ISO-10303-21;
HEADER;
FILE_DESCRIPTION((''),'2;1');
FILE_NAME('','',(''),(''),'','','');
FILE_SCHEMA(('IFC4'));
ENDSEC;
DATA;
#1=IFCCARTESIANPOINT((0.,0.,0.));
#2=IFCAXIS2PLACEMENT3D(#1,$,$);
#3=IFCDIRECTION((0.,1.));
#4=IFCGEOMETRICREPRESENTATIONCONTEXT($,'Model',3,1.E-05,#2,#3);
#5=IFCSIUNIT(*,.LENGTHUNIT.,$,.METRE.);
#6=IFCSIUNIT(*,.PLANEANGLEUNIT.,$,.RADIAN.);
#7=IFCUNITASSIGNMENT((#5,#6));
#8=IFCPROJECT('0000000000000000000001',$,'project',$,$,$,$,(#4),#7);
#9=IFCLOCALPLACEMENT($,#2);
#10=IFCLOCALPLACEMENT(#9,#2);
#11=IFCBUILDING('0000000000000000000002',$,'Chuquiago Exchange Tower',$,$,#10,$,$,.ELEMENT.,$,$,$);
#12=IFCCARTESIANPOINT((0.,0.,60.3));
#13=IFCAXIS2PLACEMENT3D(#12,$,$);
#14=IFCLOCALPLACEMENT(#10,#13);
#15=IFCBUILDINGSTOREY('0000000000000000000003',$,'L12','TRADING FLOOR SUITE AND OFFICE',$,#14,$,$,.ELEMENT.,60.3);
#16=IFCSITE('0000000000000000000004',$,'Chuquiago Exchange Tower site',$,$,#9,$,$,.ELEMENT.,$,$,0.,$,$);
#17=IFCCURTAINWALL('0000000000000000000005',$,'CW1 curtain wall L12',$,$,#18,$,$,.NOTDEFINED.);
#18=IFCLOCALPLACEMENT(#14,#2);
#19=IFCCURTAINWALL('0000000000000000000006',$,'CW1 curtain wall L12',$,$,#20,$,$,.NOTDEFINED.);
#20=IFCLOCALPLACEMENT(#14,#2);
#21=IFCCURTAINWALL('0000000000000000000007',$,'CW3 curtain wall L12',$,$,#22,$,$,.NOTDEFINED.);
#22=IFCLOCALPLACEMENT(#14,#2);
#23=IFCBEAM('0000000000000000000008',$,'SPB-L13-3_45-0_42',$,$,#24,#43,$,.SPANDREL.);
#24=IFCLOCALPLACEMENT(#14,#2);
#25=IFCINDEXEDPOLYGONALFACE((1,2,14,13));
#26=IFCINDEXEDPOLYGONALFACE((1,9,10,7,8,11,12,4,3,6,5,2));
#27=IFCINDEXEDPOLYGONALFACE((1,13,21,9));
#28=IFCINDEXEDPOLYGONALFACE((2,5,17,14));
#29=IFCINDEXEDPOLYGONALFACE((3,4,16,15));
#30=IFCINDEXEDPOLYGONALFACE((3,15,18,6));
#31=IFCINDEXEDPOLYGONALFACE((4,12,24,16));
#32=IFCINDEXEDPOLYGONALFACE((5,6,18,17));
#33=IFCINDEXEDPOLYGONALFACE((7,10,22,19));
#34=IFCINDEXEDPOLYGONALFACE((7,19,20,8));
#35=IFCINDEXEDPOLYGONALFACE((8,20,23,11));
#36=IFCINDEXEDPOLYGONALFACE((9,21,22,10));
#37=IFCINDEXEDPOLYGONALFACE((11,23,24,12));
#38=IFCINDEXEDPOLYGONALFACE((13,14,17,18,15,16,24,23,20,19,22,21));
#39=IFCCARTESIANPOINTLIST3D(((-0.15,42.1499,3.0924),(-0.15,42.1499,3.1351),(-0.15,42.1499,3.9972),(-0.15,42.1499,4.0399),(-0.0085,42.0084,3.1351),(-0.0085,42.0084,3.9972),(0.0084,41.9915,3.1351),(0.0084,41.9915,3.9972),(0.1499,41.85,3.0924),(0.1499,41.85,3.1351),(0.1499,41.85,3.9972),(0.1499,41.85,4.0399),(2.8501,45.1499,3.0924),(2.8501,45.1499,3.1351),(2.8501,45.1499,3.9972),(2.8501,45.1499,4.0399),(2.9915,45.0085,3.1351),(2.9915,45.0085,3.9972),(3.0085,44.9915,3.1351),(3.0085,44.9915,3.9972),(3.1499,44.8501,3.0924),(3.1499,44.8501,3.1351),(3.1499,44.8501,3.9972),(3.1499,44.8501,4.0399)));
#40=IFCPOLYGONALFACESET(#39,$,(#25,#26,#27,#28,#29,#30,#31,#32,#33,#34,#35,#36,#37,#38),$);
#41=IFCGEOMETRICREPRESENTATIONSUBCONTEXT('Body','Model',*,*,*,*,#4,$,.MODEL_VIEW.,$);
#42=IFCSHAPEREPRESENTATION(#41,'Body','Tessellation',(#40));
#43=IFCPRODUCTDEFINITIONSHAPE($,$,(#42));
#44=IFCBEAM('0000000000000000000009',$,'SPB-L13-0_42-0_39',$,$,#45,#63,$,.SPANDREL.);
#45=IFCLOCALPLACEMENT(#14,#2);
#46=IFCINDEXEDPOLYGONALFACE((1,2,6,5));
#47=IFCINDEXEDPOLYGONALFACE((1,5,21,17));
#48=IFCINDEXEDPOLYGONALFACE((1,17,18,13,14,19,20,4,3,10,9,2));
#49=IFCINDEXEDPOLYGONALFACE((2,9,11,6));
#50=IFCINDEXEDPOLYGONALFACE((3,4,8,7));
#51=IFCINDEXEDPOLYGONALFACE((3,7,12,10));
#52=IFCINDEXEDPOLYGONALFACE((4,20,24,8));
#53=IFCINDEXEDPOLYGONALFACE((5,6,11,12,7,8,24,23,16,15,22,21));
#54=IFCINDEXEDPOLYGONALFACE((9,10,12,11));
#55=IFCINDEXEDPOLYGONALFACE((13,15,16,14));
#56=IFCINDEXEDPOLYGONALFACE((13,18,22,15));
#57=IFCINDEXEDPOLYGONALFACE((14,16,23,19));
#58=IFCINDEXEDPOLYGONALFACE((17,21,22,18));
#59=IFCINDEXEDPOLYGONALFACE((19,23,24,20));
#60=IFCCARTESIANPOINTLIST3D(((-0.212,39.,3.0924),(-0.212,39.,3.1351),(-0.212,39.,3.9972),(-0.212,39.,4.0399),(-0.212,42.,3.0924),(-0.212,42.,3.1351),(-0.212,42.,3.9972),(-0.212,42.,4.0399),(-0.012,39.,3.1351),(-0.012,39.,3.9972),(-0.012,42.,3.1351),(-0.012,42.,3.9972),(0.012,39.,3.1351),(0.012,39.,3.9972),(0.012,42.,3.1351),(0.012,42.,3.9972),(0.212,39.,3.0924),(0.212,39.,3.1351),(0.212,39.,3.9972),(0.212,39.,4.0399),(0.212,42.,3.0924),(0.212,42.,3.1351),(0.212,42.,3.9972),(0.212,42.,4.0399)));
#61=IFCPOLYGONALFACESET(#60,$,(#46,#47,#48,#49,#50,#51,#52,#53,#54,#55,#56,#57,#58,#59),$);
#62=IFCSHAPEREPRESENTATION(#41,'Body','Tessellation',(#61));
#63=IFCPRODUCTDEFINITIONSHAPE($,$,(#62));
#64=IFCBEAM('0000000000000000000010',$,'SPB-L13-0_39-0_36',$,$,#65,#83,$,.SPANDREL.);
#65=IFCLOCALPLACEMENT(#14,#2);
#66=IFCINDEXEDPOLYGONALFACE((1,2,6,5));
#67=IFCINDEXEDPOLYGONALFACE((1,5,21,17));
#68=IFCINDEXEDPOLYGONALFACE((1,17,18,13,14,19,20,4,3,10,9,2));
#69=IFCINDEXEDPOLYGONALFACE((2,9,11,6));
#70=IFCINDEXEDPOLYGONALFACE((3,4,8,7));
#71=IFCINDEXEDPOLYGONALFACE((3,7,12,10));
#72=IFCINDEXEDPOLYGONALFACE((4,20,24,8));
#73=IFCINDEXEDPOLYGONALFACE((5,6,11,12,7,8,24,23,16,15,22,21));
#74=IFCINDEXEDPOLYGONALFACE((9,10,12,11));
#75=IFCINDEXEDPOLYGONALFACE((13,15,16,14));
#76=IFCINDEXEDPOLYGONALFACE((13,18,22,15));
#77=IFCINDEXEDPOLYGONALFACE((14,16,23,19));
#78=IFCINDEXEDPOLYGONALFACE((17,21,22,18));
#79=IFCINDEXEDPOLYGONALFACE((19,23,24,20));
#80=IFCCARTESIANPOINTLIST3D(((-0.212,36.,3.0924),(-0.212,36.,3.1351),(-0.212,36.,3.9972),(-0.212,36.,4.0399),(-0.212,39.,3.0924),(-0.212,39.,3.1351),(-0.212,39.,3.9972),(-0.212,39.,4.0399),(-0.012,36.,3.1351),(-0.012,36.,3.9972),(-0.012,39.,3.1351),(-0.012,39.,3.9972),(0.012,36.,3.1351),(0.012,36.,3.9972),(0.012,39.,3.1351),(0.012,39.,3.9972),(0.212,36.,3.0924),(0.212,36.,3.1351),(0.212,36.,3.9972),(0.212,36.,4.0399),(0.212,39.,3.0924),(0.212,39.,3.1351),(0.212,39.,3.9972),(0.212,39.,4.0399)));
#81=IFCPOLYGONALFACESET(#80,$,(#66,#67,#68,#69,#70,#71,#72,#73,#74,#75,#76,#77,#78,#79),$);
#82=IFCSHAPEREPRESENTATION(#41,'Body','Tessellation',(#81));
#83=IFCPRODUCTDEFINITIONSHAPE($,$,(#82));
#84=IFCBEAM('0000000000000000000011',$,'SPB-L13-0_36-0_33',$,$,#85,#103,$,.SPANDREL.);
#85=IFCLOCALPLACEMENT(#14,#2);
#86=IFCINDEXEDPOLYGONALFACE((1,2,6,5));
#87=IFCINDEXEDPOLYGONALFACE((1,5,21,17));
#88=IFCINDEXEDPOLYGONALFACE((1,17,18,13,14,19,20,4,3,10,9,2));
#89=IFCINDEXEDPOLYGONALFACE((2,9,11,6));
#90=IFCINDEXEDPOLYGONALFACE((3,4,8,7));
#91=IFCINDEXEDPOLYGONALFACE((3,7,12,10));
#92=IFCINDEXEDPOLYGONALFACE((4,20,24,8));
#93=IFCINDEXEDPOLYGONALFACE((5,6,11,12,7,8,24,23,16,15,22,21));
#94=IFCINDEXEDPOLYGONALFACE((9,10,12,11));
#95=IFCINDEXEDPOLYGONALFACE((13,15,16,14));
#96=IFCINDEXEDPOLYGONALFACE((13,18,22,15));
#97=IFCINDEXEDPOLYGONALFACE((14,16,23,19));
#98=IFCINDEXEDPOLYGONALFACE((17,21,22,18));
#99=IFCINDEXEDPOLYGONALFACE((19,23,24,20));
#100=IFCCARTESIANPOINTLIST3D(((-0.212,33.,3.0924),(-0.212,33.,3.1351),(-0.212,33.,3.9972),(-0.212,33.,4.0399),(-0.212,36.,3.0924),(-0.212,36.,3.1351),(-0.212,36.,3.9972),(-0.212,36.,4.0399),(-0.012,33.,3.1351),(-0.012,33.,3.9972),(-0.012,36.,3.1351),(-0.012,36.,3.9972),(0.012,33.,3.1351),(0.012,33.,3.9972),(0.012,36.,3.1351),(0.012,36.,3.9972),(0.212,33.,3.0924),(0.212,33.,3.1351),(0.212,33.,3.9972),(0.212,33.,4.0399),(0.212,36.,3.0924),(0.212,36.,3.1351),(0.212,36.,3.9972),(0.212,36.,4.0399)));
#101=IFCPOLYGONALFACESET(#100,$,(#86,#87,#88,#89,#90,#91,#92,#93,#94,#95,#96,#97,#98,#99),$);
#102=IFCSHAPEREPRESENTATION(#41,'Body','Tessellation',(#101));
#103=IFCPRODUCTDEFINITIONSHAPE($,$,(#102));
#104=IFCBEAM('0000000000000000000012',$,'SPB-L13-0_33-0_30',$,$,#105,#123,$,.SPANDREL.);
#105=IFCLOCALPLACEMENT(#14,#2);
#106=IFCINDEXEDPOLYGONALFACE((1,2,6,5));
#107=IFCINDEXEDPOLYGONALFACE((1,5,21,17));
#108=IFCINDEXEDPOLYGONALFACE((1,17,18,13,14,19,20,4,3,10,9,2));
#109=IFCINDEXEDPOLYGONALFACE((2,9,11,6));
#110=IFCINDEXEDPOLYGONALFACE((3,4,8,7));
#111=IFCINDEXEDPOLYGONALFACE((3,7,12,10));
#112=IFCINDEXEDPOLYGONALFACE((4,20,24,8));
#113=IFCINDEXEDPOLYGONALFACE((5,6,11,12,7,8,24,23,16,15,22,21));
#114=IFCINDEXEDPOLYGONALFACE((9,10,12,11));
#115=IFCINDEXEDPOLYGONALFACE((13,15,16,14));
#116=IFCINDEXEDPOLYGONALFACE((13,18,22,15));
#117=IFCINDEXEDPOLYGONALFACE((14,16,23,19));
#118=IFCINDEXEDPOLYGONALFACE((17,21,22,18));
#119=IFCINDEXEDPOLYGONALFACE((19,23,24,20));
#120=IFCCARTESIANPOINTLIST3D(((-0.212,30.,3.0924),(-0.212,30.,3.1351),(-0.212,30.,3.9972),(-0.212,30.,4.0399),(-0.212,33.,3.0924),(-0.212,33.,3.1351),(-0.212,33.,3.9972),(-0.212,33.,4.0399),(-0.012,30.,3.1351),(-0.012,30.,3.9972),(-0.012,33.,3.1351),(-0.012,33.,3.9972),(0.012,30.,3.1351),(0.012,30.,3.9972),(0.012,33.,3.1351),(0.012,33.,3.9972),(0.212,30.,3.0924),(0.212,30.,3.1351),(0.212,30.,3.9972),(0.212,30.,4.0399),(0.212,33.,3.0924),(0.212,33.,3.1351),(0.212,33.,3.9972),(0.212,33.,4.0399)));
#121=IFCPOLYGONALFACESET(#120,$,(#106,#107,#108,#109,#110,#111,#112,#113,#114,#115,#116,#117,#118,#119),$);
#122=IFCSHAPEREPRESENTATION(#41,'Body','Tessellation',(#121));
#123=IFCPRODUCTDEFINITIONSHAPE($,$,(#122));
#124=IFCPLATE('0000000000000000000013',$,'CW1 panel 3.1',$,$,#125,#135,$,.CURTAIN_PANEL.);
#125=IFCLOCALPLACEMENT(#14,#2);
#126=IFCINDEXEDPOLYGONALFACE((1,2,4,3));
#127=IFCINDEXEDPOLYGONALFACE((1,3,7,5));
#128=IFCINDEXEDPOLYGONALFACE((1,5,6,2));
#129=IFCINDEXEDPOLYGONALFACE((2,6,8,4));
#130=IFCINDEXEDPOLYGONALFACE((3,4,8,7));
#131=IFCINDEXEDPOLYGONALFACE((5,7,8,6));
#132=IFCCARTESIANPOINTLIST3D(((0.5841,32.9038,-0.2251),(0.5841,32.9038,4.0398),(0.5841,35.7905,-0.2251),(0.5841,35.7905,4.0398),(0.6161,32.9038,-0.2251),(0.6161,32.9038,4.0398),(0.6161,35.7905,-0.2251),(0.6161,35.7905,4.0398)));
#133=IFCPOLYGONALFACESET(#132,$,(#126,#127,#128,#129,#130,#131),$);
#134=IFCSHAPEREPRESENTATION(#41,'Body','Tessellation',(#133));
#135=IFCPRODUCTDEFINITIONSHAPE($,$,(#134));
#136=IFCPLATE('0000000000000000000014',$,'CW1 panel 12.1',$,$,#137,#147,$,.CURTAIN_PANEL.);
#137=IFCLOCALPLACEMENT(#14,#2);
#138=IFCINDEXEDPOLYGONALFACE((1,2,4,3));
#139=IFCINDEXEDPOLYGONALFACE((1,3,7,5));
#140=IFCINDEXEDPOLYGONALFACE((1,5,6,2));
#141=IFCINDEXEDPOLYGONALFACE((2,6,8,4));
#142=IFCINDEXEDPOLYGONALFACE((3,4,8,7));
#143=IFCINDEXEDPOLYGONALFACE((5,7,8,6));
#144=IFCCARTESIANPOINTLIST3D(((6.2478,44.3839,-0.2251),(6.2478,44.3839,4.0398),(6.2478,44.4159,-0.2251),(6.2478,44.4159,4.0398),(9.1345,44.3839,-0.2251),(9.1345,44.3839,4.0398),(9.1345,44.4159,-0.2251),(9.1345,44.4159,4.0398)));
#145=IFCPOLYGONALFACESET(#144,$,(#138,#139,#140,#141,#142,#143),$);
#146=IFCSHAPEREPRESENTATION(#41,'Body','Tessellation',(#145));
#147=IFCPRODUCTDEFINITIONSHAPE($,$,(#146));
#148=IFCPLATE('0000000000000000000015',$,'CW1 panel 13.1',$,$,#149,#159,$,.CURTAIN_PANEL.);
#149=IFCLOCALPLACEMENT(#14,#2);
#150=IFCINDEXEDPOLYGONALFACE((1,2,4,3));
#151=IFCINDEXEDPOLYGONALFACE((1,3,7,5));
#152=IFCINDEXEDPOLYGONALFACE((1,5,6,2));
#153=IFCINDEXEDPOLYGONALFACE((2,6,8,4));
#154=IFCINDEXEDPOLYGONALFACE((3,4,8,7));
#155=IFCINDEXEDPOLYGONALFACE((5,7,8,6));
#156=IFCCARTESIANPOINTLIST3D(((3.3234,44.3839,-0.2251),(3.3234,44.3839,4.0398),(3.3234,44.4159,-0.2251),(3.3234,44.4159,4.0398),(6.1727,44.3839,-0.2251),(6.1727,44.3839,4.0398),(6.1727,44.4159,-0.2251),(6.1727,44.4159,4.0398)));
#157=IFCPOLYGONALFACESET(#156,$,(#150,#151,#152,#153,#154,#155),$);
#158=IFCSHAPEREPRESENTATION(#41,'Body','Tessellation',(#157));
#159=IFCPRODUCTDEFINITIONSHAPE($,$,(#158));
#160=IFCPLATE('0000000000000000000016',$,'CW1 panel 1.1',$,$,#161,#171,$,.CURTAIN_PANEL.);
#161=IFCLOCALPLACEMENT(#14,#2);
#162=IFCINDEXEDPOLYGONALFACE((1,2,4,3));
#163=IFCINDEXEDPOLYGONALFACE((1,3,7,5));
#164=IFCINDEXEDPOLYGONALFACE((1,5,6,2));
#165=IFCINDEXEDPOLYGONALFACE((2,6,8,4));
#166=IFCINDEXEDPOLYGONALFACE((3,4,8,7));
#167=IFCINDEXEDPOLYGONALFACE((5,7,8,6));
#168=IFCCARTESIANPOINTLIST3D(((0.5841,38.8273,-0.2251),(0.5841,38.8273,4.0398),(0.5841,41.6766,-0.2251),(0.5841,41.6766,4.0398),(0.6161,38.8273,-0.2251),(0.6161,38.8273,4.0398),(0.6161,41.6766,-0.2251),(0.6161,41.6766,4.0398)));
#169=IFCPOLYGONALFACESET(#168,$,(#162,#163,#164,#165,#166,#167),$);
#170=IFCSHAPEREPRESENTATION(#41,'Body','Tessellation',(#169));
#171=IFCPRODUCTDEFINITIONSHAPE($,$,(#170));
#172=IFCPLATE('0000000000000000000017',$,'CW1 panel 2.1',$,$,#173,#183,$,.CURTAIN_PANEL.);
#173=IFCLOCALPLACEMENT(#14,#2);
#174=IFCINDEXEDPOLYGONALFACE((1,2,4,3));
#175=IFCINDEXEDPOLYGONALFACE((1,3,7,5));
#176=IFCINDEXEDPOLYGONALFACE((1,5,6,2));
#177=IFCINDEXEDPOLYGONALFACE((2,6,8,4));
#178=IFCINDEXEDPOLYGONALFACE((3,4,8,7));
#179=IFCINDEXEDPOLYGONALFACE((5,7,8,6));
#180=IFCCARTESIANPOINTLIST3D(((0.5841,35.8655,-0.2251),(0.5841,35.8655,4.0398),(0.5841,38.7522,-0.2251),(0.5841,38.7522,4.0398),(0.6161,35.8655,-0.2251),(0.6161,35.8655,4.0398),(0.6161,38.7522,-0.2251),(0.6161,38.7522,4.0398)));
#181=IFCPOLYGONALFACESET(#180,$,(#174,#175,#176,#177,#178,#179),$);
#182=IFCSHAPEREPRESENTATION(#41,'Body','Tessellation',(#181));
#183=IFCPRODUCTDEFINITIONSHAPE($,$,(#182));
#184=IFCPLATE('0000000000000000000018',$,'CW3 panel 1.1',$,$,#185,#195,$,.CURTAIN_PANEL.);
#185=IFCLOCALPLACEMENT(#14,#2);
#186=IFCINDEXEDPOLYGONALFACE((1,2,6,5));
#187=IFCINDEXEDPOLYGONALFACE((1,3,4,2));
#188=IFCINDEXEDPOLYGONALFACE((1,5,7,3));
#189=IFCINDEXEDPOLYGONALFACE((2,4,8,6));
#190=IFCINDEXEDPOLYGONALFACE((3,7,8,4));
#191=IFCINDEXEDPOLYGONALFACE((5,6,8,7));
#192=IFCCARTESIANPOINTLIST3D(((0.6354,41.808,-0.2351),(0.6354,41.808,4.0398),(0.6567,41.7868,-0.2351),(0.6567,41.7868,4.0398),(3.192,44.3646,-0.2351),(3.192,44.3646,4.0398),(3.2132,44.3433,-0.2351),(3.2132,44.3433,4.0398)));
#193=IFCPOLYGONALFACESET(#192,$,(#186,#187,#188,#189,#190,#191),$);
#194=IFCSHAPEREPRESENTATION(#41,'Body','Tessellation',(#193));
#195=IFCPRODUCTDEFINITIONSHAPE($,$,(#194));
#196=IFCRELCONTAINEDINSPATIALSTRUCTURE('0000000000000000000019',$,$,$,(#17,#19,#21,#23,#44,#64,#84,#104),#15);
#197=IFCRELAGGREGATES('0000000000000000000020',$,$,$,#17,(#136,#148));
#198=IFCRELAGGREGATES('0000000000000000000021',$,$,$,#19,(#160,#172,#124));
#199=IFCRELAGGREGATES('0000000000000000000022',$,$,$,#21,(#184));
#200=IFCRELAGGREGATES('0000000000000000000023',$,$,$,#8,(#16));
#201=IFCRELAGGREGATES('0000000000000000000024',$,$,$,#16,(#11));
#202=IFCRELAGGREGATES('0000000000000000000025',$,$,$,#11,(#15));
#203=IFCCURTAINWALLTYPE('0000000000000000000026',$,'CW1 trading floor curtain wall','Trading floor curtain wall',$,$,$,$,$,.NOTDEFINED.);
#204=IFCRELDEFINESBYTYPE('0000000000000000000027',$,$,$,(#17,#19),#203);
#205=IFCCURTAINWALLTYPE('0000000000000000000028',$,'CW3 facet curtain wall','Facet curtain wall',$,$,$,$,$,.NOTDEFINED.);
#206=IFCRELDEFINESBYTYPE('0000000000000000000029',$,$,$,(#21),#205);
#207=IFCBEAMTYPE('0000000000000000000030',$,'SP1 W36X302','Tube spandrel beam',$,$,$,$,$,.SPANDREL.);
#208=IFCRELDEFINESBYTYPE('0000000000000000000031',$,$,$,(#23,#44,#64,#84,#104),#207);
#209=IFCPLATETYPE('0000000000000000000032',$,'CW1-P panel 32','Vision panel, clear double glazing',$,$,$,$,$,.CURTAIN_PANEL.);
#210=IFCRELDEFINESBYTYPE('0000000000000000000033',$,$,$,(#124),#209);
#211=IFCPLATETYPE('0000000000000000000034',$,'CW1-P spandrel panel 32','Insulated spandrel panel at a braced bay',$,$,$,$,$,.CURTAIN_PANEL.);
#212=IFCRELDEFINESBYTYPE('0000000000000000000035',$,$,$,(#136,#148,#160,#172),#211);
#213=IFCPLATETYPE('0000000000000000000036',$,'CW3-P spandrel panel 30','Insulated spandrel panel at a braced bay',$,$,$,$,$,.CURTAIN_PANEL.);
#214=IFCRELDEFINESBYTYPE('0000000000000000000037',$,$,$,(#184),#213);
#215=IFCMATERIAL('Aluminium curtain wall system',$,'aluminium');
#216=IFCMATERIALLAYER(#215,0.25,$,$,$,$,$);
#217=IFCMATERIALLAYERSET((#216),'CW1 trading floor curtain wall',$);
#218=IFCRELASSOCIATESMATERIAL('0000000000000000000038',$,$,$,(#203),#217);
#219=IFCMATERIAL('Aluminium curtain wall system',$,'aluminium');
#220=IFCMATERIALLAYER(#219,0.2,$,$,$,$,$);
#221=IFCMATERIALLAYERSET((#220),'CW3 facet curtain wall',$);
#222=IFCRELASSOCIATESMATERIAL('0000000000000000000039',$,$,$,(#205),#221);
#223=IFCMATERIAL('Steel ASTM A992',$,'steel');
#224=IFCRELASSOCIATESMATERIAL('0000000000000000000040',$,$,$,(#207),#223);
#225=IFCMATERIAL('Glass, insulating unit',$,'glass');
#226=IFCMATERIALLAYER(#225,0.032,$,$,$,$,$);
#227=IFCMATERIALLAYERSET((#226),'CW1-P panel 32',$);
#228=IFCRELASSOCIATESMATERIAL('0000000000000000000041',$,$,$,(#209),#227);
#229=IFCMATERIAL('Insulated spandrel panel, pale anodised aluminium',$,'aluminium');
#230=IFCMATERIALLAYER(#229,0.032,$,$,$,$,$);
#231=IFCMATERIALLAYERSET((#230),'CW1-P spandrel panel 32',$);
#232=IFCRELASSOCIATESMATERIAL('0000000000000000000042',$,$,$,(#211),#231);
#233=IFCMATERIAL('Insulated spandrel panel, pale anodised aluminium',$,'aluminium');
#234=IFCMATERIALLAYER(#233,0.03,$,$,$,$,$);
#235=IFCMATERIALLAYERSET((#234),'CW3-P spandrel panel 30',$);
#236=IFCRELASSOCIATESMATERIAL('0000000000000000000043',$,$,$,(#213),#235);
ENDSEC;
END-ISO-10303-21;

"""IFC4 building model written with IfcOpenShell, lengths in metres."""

from ifc_helpers import new_model, si_unit, direction, frame, origin, origin_2d, place, context, subcontext, project, spatial, rectangle, i_section, extrude, material, layer, layer_set, material_profile, profile_set, type_object, element, aggregate, save


model = new_model("IFC4")

# Units and contexts
model_context = context("Model", 3, precision=1e-05, world=origin(), true_north=direction((0.0, 1.0)))
body_context = subcontext(model_context, "Body", "Model", "MODEL_VIEW")
ifc_project = project(units=[si_unit("LENGTHUNIT", "METRE"), si_unit("PLANEANGLEUNIT", "RADIAN")], contexts=[model_context])

# Site, building, storey
site_placement = place(None, origin())
site = spatial("IfcSite", under=ifc_project, at=site_placement, Name="Chuquiago Exchange Tower site", CompositionType="ELEMENT", RefElevation=0.0)
building_placement = place(site_placement, origin())
building = spatial("IfcBuilding", under=site, at=building_placement, Name="Chuquiago Exchange Tower", CompositionType="ELEMENT")
storey_placement = place(building_placement, frame((0.0, 0.0, 60.3)))
storey = spatial("IfcBuildingStorey", under=building, at=storey_placement, Name="L12", Description="TRADING FLOOR SUITE AND OFFICE", CompositionType="ELEMENT", Elevation=60.3)

# Curtain walls
ifc_material_1 = material(Name="Aluminium curtain wall system", Category="aluminium")
ifc_layer_1 = layer(ifc_material_1, 0.25)
ifc_layer_set_1 = layer_set([ifc_layer_1], Name="CW1 trading floor curtain wall")
curtain_wall_type_1 = type_object("IfcCurtainWallType", Name="CW1 trading floor curtain wall", Description="Trading floor curtain wall", PredefinedType="NOTDEFINED", material=ifc_layer_set_1)
curtain_wall_1_placement = place(storey_placement, origin())
curtain_wall_1 = element("IfcCurtainWall", 1, at=curtain_wall_1_placement, inside=storey, type_object=curtain_wall_type_1, Name="CW1 curtain wall L12", PredefinedType="NOTDEFINED")
curtain_wall_2_placement = place(storey_placement, origin())
curtain_wall_2 = element("IfcCurtainWall", 2, at=curtain_wall_2_placement, inside=storey, type_object=curtain_wall_type_1, Name="CW1 curtain wall L12", PredefinedType="NOTDEFINED")

# Curtain wall
ifc_material_2 = material(Name="Aluminium curtain wall system", Category="aluminium")
ifc_layer_2 = layer(ifc_material_2, 0.2)
ifc_layer_set_2 = layer_set([ifc_layer_2], Name="CW3 facet curtain wall")
curtain_wall_type_2 = type_object("IfcCurtainWallType", Name="CW3 facet curtain wall", Description="Facet curtain wall", PredefinedType="NOTDEFINED", material=ifc_layer_set_2)
curtain_wall_3_placement = place(storey_placement, origin())
curtain_wall_3 = element("IfcCurtainWall", 3, at=curtain_wall_3_placement, inside=storey, type_object=curtain_wall_type_2, Name="CW3 curtain wall L12", PredefinedType="NOTDEFINED")

# Beams
ifc_material_3 = material(Name="Steel ASTM A992", Category="steel")
ifc_material_profile_1 = material_profile(ifc_material_3, i_section(OverallWidth=0.4241, OverallDepth=0.9475, WebThickness=0.0239, FlangeThickness=0.0427, at=origin_2d()), Name="W36X302")
ifc_profile_set_1 = profile_set([ifc_material_profile_1], Name="Steel ASTM A992")
beam_type = type_object("IfcBeamType", Name="SP1 W36X302", Description="Tube spandrel beam", PredefinedType="SPANDREL", material=ifc_profile_set_1)
beam_1_placement = place(storey_placement, frame((3.0, 45.0, 3.5662), z_axis=(-0.707107, -0.707107, 0.0), x_axis=(0.707107, -0.707107, 0.0)))
element("IfcBeam", 4, at=beam_1_placement, inside=storey, type_object=beam_type, Name="SPB-L13-3_45-0_42", PredefinedType="SPANDREL", context=body_context, shape_type="SweptSolid", body=[
    extrude(i_section(OverallWidth=0.4241, OverallDepth=0.9475, WebThickness=0.0239, FlangeThickness=0.0427, at=origin_2d()), origin(), (0.0, 0.0, 1.0), 4.2427),
])
for number, where, z_axis, x_axis, name in (
    (5, (0.0, 42.0, 3.5662), (0.0, -1.0, 0.0), (1.0, 0.0, 0.0), "SPB-L13-0_42-0_39"),
    (6, (0.0, 39.0, 3.5662), (0.0, -1.0, 0.0), (1.0, 0.0, 0.0), "SPB-L13-0_39-0_36"),
    (7, (0.0, 36.0, 3.5662), (0.0, -1.0, 0.0), (1.0, 0.0, 0.0), "SPB-L13-0_36-0_33"),
    (8, (0.0, 33.0, 3.5662), (0.0, -1.0, 0.0), (1.0, 0.0, 0.0), "SPB-L13-0_33-0_30"),
):
    element("IfcBeam", number, at=place(storey_placement, frame(where, z_axis=z_axis, x_axis=x_axis)), inside=storey, type_object=beam_type, Name=name, PredefinedType="SPANDREL", context=body_context, shape_type="SweptSolid", body=[
        extrude(i_section(OverallWidth=0.4241, OverallDepth=0.9475, WebThickness=0.0239, FlangeThickness=0.0427, at=origin_2d()), origin(), (0.0, 0.0, 1.0), 3.0),
    ])

# Plates
ifc_material_4 = material(Name="Glass, insulating unit", Category="glass")
ifc_layer_3 = layer(ifc_material_4, 0.032)
ifc_layer_set_3 = layer_set([ifc_layer_3], Name="CW1-P panel 32")
plate_type_1 = type_object("IfcPlateType", Name="CW1-P panel 32", Description="Vision panel, clear double glazing", PredefinedType="CURTAIN_PANEL", material=ifc_layer_set_3)
plate_1_placement = place(storey_placement, frame((0.6001, 34.3472, -0.2251), z_axis=(0.0, 0.0, 1.0), x_axis=(0.0, -1.0, 0.0)))
plate_1 = element("IfcPlate", 9, at=plate_1_placement, type_object=plate_type_1, Name="CW1 panel 3.1", PredefinedType="CURTAIN_PANEL", context=body_context, shape_type="SweptSolid", body=[
    extrude(rectangle(XDim=2.8867, YDim=0.032, at=origin_2d()), origin(), (0.0, 0.0, 1.0), 4.2649),
])
ifc_material_5 = material(Name="Insulated spandrel panel, pale anodised aluminium", Category="aluminium")
ifc_layer_4 = layer(ifc_material_5, 0.032)
ifc_layer_set_4 = layer_set([ifc_layer_4], Name="CW1-P spandrel panel 32")
plate_type_2 = type_object("IfcPlateType", Name="CW1-P spandrel panel 32", Description="Insulated spandrel panel at a braced bay", PredefinedType="CURTAIN_PANEL", material=ifc_layer_set_4)
plate_2_placement = place(storey_placement, frame((7.6912, 44.3999, -0.2251), z_axis=(0.0, 0.0, 1.0), x_axis=(-1.0, 0.0, 0.0)))
plate_2 = element("IfcPlate", 10, at=plate_2_placement, type_object=plate_type_2, Name="CW1 panel 12.1", PredefinedType="CURTAIN_PANEL", context=body_context, shape_type="SweptSolid", body=[
    extrude(rectangle(XDim=2.8867, YDim=0.032, at=origin_2d()), origin(), (0.0, 0.0, 1.0), 4.2649),
])
plate_3_placement = place(storey_placement, frame((4.748, 44.3999, -0.2251), z_axis=(0.0, 0.0, 1.0), x_axis=(-1.0, 0.0, 0.0)))
plate_3 = element("IfcPlate", 11, at=plate_3_placement, type_object=plate_type_2, Name="CW1 panel 13.1", PredefinedType="CURTAIN_PANEL", context=body_context, shape_type="SweptSolid", body=[
    extrude(rectangle(XDim=2.8494, YDim=0.032, at=origin_2d()), origin(), (0.0, 0.0, 1.0), 4.2649),
])
aggregate(curtain_wall_1, [plate_2, plate_3])
plate_4_placement = place(storey_placement, frame((0.6001, 40.252, -0.2251), z_axis=(0.0, 0.0, 1.0), x_axis=(0.0, -1.0, 0.0)))
plate_4 = element("IfcPlate", 12, at=plate_4_placement, type_object=plate_type_2, Name="CW1 panel 1.1", PredefinedType="CURTAIN_PANEL", context=body_context, shape_type="SweptSolid", body=[
    extrude(rectangle(XDim=2.8494, YDim=0.032, at=origin_2d()), origin(), (0.0, 0.0, 1.0), 4.2649),
])
plate_5_placement = place(storey_placement, frame((0.6001, 37.3088, -0.2251), z_axis=(0.0, 0.0, 1.0), x_axis=(0.0, -1.0, 0.0)))
plate_5 = element("IfcPlate", 13, at=plate_5_placement, type_object=plate_type_2, Name="CW1 panel 2.1", PredefinedType="CURTAIN_PANEL", context=body_context, shape_type="SweptSolid", body=[
    extrude(rectangle(XDim=2.8867, YDim=0.032, at=origin_2d()), origin(), (0.0, 0.0, 1.0), 4.2649),
])
aggregate(curtain_wall_2, [plate_4, plate_5, plate_1])
ifc_material_6 = material(Name="Insulated spandrel panel, pale anodised aluminium", Category="aluminium")
ifc_layer_5 = layer(ifc_material_6, 0.03)
ifc_layer_set_5 = layer_set([ifc_layer_5], Name="CW3-P spandrel panel 30")
plate_type_3 = type_object("IfcPlateType", Name="CW3-P spandrel panel 30", Description="Insulated spandrel panel at a braced bay", PredefinedType="CURTAIN_PANEL", material=ifc_layer_set_5)
plate_6_placement = place(storey_placement, frame((1.9243, 43.0757, -0.2351), z_axis=(0.0, 0.0, 1.0), x_axis=(-0.707107, -0.707107, 0.0)))
plate_6 = element("IfcPlate", 14, at=plate_6_placement, type_object=plate_type_3, Name="CW3 panel 1.1", PredefinedType="CURTAIN_PANEL", context=body_context, shape_type="SweptSolid", body=[
    extrude(rectangle(XDim=3.6155, YDim=0.03, at=origin_2d()), origin(), (0.0, 0.0, 1.0), 4.2749),
])
aggregate(curtain_wall_3, [plate_6])

save(model, "model.ifc")
